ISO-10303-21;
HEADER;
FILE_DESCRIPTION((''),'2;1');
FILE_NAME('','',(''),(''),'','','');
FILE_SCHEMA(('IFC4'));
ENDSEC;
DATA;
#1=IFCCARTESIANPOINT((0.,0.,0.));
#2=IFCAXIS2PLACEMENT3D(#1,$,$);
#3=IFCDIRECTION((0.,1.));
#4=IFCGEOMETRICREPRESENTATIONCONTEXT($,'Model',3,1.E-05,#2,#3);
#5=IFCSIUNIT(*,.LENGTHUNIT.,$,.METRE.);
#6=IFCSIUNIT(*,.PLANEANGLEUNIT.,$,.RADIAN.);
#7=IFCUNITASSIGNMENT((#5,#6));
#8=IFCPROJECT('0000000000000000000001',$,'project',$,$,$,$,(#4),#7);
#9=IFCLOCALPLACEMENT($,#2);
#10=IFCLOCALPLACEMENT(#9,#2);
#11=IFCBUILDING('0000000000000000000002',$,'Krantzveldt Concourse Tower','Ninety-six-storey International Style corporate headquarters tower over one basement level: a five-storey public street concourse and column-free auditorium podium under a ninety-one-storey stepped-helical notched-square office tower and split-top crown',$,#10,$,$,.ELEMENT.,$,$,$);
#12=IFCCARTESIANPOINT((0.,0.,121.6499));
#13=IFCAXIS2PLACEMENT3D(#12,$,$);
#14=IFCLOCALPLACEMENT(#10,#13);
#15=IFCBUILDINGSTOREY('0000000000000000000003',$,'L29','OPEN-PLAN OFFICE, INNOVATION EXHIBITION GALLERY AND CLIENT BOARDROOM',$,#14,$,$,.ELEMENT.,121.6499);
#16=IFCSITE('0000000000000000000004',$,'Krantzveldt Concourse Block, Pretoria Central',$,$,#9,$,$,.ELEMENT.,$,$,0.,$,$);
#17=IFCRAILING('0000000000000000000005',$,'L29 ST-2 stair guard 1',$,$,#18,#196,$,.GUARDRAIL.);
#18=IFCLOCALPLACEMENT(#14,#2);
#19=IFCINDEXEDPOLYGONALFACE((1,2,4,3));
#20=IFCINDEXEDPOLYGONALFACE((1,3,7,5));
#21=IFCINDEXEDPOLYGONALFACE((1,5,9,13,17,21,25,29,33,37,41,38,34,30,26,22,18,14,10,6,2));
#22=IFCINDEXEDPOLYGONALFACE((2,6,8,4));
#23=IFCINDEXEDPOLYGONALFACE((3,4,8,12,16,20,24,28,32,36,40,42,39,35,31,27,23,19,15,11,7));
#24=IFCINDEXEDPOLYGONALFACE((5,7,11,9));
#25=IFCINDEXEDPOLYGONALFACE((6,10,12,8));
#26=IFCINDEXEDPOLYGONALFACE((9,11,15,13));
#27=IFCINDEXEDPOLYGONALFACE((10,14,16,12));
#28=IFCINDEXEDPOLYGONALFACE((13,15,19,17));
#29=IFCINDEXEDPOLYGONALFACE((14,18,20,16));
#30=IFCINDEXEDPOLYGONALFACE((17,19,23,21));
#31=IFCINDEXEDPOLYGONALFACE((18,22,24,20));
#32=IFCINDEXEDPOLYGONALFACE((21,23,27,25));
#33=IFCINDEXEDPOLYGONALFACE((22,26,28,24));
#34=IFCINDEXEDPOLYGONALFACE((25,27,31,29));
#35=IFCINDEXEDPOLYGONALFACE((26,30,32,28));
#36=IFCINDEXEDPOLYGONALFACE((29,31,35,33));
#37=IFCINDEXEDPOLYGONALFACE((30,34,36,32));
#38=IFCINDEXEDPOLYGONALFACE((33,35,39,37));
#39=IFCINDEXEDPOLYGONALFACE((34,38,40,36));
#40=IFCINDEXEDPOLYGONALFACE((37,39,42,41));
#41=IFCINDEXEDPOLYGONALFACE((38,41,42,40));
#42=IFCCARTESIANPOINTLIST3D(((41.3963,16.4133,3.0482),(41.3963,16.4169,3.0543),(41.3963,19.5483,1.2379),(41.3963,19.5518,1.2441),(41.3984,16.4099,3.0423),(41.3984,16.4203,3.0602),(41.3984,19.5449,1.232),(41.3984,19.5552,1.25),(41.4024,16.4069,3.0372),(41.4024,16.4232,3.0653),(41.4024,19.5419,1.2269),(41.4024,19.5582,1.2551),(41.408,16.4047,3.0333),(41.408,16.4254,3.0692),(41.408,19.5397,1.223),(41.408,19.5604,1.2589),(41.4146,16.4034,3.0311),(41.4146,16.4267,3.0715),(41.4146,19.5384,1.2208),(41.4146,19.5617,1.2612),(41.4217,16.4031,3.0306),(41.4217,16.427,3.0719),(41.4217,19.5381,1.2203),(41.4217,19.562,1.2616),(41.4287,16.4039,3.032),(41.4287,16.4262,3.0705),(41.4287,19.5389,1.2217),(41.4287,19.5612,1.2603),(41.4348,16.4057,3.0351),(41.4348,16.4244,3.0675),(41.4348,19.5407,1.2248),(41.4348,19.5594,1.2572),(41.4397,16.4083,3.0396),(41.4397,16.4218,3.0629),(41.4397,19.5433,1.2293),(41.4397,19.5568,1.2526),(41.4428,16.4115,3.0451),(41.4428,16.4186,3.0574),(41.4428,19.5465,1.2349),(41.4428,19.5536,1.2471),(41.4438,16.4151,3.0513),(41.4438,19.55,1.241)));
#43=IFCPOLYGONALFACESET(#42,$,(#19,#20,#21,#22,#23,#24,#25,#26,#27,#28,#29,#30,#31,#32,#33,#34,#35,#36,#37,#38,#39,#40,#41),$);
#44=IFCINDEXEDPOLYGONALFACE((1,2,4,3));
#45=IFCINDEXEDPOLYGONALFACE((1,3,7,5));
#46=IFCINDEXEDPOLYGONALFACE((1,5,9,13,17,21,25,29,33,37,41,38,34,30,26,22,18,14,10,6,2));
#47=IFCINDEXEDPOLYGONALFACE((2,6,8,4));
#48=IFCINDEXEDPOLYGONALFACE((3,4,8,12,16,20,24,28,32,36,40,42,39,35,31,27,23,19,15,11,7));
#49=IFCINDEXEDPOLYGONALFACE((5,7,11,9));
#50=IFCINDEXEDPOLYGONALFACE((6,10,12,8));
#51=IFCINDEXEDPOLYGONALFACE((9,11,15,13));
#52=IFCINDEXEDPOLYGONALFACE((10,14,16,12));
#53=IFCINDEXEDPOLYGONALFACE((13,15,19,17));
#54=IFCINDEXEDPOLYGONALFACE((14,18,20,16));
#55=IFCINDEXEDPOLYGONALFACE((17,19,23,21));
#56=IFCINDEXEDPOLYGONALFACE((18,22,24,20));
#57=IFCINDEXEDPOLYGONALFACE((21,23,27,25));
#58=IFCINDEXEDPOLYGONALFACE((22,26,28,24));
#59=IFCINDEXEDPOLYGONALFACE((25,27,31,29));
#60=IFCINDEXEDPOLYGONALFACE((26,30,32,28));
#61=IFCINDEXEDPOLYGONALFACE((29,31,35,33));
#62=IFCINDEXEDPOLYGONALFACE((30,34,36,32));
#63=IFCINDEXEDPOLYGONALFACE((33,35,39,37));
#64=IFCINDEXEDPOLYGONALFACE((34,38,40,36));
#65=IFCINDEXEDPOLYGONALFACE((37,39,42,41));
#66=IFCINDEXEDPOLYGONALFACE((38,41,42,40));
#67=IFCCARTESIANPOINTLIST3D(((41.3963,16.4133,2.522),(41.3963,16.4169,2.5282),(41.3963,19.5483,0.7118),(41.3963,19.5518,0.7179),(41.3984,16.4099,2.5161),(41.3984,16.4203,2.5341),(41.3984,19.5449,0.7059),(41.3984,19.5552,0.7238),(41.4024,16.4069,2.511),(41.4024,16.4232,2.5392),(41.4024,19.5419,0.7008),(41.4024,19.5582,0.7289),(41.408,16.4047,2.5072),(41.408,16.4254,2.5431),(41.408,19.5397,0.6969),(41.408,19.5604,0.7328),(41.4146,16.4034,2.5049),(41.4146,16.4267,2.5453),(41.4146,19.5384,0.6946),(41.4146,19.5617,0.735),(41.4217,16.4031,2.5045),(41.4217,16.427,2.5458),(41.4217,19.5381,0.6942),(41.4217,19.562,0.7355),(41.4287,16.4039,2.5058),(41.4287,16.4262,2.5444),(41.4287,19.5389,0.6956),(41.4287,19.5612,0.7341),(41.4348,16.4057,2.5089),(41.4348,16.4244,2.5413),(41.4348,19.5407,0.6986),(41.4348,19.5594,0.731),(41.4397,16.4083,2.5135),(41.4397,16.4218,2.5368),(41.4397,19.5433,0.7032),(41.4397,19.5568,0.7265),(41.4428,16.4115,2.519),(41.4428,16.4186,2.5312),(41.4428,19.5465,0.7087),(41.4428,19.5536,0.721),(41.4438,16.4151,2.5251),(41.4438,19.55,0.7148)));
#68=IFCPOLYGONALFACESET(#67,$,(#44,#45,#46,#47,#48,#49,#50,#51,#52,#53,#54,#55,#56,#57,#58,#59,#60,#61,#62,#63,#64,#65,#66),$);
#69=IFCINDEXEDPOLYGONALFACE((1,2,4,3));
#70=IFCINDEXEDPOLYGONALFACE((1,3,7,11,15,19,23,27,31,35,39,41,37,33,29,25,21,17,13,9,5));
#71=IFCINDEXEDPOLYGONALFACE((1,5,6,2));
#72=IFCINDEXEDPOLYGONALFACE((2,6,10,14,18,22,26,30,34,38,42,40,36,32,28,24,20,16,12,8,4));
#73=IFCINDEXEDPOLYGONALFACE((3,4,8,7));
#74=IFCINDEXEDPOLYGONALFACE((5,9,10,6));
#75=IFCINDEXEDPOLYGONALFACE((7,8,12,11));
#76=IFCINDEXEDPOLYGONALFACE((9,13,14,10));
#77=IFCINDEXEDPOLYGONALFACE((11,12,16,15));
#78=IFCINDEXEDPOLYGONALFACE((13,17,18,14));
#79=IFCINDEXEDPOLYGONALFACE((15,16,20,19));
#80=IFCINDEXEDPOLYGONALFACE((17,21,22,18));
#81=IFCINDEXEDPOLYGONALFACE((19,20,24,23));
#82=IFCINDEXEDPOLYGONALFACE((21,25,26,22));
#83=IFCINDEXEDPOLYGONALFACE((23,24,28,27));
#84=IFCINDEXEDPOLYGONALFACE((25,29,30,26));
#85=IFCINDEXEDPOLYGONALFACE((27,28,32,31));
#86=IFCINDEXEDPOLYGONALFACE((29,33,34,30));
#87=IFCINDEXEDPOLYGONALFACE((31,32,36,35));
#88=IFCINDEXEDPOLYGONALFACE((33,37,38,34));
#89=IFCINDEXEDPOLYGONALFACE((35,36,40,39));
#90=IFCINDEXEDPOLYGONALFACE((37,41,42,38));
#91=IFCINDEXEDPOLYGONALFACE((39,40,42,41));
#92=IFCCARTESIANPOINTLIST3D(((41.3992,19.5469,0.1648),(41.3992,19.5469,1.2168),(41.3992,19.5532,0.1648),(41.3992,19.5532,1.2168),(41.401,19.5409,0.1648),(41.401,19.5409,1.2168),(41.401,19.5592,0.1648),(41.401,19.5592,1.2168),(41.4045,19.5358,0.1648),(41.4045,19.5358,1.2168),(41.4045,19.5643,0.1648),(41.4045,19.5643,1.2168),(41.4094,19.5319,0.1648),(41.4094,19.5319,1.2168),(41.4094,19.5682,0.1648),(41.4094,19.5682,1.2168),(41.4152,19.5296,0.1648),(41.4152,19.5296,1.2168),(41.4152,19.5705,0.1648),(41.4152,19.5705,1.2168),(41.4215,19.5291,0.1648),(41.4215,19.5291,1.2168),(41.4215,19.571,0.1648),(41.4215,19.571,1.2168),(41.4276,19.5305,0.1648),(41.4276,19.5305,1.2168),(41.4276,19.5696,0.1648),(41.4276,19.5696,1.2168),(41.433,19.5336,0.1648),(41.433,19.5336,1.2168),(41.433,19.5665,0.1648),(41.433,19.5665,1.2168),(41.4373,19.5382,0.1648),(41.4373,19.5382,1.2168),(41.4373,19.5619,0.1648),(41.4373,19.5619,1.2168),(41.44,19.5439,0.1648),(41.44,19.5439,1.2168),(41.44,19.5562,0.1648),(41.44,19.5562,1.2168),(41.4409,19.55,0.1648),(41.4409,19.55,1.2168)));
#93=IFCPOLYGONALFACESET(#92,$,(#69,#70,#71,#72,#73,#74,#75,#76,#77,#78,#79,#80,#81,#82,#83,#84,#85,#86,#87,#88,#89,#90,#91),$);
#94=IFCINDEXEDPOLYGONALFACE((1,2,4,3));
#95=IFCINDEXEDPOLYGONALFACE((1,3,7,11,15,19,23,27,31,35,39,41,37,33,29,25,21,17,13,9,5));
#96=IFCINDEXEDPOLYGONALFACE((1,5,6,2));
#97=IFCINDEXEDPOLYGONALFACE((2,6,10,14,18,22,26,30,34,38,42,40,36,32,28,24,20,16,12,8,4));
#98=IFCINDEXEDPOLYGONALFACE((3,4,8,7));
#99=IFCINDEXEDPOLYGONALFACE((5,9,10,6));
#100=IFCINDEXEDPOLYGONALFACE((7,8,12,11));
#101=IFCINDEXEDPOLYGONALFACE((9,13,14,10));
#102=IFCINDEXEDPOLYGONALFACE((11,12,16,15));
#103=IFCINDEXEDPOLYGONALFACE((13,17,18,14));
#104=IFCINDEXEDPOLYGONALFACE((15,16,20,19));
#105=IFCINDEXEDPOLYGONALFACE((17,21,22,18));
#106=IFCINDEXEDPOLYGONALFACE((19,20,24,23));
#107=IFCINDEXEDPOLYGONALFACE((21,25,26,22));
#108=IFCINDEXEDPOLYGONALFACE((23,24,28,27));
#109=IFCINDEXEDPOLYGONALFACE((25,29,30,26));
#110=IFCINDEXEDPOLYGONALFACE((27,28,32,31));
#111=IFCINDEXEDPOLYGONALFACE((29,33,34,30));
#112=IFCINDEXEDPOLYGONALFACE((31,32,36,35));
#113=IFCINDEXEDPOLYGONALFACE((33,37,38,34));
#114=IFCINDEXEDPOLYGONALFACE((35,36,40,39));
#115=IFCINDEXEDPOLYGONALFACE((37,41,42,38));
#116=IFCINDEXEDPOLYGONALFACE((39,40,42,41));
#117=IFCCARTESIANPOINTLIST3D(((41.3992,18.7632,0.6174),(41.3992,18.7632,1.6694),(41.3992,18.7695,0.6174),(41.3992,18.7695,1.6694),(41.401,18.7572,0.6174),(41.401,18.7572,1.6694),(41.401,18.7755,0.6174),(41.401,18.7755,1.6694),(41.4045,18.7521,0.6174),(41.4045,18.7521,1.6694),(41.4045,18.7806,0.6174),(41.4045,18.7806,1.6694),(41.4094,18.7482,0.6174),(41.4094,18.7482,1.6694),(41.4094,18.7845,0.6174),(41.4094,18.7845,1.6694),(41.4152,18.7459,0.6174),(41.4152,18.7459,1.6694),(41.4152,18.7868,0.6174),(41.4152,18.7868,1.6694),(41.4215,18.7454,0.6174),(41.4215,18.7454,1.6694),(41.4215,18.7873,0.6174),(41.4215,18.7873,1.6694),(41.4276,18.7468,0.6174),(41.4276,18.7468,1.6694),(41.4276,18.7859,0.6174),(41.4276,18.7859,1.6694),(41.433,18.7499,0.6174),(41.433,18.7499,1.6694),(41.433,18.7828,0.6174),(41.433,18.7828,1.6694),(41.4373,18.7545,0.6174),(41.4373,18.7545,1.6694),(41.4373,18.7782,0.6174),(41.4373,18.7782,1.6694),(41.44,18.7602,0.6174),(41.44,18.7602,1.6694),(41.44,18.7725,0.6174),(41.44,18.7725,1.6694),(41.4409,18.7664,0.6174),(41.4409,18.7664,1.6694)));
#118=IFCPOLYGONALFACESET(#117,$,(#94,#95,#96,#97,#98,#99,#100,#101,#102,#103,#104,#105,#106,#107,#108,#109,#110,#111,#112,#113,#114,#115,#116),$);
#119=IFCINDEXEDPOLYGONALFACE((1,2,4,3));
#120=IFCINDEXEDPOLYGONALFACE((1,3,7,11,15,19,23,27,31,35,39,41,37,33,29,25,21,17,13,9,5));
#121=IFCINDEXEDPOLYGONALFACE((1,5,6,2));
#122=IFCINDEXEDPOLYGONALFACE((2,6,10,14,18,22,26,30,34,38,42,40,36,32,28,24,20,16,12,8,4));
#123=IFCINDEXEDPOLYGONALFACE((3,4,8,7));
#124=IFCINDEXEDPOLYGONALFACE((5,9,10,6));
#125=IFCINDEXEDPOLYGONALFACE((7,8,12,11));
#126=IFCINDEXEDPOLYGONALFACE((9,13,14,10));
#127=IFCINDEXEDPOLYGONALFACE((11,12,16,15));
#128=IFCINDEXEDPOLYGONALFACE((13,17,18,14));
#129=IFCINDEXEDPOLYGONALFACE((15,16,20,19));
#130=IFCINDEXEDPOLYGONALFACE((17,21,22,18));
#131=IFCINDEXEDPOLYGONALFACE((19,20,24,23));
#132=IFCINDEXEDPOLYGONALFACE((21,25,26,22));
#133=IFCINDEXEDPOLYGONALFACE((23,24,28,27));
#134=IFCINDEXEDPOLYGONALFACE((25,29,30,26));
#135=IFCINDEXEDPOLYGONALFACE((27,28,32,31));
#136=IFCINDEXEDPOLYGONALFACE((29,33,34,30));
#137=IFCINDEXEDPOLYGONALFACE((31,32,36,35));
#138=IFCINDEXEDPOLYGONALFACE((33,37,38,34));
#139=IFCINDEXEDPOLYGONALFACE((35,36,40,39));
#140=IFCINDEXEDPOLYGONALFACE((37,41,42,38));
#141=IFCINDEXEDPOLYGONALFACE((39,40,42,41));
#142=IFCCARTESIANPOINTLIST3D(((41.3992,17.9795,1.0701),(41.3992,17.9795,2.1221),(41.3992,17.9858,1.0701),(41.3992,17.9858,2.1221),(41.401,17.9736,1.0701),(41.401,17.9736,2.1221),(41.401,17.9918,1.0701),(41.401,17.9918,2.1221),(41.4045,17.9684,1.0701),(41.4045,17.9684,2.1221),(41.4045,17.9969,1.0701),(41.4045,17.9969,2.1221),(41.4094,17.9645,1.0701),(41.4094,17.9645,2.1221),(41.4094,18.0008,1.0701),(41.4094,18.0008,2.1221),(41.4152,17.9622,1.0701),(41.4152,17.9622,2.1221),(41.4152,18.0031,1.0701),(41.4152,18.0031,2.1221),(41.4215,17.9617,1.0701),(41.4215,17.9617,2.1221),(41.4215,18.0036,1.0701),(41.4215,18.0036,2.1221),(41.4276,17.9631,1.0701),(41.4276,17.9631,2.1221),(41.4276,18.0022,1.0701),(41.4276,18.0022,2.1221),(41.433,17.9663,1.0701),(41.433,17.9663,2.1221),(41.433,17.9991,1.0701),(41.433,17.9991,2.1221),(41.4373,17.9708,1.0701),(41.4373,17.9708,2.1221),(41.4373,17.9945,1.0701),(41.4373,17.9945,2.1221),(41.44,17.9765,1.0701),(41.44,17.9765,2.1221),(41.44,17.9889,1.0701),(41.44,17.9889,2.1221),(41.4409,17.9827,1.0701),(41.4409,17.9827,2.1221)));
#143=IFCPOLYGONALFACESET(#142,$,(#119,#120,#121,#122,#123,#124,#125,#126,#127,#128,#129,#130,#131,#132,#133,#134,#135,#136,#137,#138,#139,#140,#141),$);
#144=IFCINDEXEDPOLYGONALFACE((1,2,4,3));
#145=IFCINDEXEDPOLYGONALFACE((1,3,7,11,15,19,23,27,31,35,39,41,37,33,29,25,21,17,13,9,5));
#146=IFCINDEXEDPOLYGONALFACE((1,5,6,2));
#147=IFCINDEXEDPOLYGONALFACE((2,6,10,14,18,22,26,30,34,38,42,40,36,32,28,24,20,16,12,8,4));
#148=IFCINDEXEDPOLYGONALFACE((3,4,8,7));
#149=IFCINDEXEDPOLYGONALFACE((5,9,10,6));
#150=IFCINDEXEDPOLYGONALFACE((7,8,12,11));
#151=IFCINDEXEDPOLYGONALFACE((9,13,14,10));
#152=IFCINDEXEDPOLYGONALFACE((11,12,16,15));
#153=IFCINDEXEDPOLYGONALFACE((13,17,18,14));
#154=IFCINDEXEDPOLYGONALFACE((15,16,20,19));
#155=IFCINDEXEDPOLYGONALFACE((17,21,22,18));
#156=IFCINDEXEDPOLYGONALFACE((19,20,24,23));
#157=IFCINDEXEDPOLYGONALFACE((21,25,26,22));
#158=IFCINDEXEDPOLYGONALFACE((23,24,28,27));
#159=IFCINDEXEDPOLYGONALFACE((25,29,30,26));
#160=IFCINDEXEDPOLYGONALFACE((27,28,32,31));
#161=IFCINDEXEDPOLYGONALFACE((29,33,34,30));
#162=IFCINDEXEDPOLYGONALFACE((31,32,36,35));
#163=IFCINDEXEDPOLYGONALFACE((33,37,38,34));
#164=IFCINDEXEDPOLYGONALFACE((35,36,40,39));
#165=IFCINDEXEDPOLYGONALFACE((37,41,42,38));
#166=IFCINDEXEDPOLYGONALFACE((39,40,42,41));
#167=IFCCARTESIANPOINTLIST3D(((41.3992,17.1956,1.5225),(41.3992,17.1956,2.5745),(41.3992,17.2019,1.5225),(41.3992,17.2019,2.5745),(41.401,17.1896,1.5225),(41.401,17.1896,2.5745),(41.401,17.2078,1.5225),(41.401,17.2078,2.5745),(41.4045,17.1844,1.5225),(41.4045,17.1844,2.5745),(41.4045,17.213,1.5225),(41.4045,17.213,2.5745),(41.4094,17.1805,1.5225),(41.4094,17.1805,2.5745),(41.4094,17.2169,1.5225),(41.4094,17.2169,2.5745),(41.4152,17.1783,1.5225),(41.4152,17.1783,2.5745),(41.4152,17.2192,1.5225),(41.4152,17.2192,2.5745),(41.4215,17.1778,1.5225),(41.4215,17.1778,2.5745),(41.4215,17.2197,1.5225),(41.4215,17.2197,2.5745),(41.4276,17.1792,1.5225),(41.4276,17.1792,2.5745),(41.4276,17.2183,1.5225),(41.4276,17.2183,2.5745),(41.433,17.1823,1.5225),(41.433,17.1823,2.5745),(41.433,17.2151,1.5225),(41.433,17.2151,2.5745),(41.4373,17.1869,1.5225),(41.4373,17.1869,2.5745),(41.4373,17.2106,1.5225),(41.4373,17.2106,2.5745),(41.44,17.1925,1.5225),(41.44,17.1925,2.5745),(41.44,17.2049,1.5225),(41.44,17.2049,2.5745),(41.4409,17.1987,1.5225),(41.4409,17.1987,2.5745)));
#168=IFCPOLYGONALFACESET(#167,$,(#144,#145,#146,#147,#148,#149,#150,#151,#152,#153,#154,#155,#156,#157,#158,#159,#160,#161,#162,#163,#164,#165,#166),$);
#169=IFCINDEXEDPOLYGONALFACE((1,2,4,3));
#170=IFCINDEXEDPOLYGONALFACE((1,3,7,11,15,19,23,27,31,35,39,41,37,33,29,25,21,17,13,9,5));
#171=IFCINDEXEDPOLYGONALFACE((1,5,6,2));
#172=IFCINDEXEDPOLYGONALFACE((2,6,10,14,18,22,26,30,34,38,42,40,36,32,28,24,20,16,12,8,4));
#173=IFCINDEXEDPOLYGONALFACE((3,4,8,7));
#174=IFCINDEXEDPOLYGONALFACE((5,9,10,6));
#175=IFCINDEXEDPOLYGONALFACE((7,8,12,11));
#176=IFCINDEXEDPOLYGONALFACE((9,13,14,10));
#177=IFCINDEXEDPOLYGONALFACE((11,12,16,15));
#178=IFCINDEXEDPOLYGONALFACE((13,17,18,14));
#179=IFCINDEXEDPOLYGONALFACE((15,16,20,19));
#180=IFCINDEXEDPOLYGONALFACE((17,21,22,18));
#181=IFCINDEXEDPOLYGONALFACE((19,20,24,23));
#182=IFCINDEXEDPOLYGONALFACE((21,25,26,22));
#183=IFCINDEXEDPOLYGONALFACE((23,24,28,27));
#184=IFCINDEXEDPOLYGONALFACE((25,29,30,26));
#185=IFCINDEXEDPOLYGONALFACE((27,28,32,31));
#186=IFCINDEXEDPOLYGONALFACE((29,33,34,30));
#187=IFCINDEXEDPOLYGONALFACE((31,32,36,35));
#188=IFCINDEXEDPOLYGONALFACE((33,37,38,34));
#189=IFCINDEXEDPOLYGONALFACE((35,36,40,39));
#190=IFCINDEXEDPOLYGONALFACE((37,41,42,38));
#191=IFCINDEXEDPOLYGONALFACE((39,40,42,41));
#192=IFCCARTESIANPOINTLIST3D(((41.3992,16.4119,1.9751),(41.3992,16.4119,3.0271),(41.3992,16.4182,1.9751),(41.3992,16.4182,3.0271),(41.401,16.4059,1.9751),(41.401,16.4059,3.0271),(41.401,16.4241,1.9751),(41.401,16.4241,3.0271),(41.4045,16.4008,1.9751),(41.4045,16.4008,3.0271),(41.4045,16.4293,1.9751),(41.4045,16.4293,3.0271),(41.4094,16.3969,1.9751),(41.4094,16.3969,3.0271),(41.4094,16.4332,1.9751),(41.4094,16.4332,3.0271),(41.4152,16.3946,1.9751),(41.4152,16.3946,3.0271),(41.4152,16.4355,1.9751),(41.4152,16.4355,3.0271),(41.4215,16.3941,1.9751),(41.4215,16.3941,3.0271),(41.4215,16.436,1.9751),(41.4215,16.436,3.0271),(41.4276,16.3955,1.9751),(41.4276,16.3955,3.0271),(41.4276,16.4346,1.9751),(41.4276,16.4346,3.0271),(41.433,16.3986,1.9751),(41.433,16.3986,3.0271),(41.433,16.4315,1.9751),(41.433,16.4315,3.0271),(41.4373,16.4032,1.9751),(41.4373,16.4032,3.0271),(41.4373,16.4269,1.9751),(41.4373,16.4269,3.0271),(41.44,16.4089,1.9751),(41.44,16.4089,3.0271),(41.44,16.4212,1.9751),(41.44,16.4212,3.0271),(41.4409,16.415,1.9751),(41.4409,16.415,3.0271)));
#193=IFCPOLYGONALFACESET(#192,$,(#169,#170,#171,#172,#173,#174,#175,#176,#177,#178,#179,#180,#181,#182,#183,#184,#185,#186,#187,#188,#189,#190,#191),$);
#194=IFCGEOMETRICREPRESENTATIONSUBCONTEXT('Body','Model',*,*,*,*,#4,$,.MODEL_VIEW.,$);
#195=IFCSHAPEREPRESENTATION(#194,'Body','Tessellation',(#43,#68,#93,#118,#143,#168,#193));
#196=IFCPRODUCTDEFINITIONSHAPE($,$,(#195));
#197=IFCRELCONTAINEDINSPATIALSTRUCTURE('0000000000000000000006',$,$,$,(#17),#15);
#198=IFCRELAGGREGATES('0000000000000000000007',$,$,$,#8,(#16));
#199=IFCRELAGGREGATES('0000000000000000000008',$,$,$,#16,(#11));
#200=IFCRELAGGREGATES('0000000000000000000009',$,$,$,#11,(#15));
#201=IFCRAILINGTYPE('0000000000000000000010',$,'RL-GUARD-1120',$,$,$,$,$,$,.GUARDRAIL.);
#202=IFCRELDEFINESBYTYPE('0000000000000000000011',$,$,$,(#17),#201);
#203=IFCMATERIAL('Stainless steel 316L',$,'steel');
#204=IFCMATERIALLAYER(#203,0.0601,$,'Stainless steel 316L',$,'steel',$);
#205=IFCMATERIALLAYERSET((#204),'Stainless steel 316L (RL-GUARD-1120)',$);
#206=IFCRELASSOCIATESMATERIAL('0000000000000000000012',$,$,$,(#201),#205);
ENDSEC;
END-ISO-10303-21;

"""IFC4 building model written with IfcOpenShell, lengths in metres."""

from ifc_helpers import new_model, si_unit, direction, frame, origin, origin_2d, place, context, subcontext, project, spatial, circle, extrude, material, layer, layer_set, type_object, element, save


model = new_model("IFC4")

# Units and contexts
model_context = context("Model", 3, precision=1e-05, world=origin(), true_north=direction((0.0, 1.0)))
body_context = subcontext(model_context, "Body", "Model", "MODEL_VIEW")
ifc_project = project(units=[si_unit("LENGTHUNIT", "METRE"), si_unit("PLANEANGLEUNIT", "RADIAN")], contexts=[model_context])

# Site, building, storey
site_placement = place(None, origin())
site = spatial("IfcSite", under=ifc_project, at=site_placement, Name="Krantzveldt Concourse Block, Pretoria Central", CompositionType="ELEMENT", RefElevation=0.0)
building_placement = place(site_placement, origin())
building = spatial("IfcBuilding", under=site, at=building_placement, Name="Krantzveldt Concourse Tower", Description="Ninety-six-storey International Style corporate headquarters tower over one basement level: a five-storey public street concourse and column-free auditorium podium under a ninety-one-storey stepped-helical notched-square office tower and split-top crown", CompositionType="ELEMENT")
storey_placement = place(building_placement, frame((0.0, 0.0, 121.6499)))
storey = spatial("IfcBuildingStorey", under=building, at=storey_placement, Name="L29", Description="OPEN-PLAN OFFICE, INNOVATION EXHIBITION GALLERY AND CLIENT BOARDROOM", CompositionType="ELEMENT", Elevation=121.6499)

# Shared definitions
ifc_material_1 = material(Name="Stainless steel 316L", Category="steel")

# Railing
ifc_layer_1 = layer(ifc_material_1, 0.0601, Name="Stainless steel 316L", Category="steel")
ifc_layer_set_1 = layer_set([ifc_layer_1], Name="Stainless steel 316L (RL-GUARD-1120)")
railing_type_1 = type_object("IfcRailingType", Name="RL-GUARD-1120", PredefinedType="GUARDRAIL", material=ifc_layer_set_1)
railing_1_placement = place(storey_placement, frame((41.4199, 19.55, 0.1648)))
element("IfcRailing", 1, at=railing_1_placement, inside=storey, type_object=railing_type_1, Name="L29 ST-2 stair guard 1", PredefinedType="GUARDRAIL", context=body_context, shape_type="SweptSolid", body=[
    extrude(circle(Radius=0.0239, at=origin_2d()), frame((0.0, 0.0, 1.0762), z_axis=(0.0, -0.865989, 0.500063), x_axis=(1.0, 0.0, 0.0)), (0.0, 0.0, 1.0), 3.6201),
    extrude(circle(Radius=0.0239, at=origin_2d()), frame((0.0, 0.0, 0.55), z_axis=(0.0, -0.865989, 0.500063), x_axis=(1.0, 0.0, 0.0)), (0.0, 0.0, 1.0), 3.6201),
    extrude(circle(Radius=0.021, at=origin_2d()), origin(), (0.0, 0.0, 1.0), 1.052),
    extrude(circle(Radius=0.021, at=origin_2d()), frame((0.0, -0.7837, 0.4526)), (0.0, 0.0, 1.0), 1.052),
    extrude(circle(Radius=0.021, at=origin_2d()), frame((0.0, -1.5674, 0.9053)), (0.0, 0.0, 1.0), 1.052),
    extrude(circle(Radius=0.021, at=origin_2d()), frame((0.0, -2.3513, 1.3577)), (0.0, 0.0, 1.0), 1.052),
    extrude(circle(Radius=0.021, at=origin_2d()), frame((0.0, -3.135, 1.8103)), (0.0, 0.0, 1.0), 1.052),
])

save(model, "model.ifc")
